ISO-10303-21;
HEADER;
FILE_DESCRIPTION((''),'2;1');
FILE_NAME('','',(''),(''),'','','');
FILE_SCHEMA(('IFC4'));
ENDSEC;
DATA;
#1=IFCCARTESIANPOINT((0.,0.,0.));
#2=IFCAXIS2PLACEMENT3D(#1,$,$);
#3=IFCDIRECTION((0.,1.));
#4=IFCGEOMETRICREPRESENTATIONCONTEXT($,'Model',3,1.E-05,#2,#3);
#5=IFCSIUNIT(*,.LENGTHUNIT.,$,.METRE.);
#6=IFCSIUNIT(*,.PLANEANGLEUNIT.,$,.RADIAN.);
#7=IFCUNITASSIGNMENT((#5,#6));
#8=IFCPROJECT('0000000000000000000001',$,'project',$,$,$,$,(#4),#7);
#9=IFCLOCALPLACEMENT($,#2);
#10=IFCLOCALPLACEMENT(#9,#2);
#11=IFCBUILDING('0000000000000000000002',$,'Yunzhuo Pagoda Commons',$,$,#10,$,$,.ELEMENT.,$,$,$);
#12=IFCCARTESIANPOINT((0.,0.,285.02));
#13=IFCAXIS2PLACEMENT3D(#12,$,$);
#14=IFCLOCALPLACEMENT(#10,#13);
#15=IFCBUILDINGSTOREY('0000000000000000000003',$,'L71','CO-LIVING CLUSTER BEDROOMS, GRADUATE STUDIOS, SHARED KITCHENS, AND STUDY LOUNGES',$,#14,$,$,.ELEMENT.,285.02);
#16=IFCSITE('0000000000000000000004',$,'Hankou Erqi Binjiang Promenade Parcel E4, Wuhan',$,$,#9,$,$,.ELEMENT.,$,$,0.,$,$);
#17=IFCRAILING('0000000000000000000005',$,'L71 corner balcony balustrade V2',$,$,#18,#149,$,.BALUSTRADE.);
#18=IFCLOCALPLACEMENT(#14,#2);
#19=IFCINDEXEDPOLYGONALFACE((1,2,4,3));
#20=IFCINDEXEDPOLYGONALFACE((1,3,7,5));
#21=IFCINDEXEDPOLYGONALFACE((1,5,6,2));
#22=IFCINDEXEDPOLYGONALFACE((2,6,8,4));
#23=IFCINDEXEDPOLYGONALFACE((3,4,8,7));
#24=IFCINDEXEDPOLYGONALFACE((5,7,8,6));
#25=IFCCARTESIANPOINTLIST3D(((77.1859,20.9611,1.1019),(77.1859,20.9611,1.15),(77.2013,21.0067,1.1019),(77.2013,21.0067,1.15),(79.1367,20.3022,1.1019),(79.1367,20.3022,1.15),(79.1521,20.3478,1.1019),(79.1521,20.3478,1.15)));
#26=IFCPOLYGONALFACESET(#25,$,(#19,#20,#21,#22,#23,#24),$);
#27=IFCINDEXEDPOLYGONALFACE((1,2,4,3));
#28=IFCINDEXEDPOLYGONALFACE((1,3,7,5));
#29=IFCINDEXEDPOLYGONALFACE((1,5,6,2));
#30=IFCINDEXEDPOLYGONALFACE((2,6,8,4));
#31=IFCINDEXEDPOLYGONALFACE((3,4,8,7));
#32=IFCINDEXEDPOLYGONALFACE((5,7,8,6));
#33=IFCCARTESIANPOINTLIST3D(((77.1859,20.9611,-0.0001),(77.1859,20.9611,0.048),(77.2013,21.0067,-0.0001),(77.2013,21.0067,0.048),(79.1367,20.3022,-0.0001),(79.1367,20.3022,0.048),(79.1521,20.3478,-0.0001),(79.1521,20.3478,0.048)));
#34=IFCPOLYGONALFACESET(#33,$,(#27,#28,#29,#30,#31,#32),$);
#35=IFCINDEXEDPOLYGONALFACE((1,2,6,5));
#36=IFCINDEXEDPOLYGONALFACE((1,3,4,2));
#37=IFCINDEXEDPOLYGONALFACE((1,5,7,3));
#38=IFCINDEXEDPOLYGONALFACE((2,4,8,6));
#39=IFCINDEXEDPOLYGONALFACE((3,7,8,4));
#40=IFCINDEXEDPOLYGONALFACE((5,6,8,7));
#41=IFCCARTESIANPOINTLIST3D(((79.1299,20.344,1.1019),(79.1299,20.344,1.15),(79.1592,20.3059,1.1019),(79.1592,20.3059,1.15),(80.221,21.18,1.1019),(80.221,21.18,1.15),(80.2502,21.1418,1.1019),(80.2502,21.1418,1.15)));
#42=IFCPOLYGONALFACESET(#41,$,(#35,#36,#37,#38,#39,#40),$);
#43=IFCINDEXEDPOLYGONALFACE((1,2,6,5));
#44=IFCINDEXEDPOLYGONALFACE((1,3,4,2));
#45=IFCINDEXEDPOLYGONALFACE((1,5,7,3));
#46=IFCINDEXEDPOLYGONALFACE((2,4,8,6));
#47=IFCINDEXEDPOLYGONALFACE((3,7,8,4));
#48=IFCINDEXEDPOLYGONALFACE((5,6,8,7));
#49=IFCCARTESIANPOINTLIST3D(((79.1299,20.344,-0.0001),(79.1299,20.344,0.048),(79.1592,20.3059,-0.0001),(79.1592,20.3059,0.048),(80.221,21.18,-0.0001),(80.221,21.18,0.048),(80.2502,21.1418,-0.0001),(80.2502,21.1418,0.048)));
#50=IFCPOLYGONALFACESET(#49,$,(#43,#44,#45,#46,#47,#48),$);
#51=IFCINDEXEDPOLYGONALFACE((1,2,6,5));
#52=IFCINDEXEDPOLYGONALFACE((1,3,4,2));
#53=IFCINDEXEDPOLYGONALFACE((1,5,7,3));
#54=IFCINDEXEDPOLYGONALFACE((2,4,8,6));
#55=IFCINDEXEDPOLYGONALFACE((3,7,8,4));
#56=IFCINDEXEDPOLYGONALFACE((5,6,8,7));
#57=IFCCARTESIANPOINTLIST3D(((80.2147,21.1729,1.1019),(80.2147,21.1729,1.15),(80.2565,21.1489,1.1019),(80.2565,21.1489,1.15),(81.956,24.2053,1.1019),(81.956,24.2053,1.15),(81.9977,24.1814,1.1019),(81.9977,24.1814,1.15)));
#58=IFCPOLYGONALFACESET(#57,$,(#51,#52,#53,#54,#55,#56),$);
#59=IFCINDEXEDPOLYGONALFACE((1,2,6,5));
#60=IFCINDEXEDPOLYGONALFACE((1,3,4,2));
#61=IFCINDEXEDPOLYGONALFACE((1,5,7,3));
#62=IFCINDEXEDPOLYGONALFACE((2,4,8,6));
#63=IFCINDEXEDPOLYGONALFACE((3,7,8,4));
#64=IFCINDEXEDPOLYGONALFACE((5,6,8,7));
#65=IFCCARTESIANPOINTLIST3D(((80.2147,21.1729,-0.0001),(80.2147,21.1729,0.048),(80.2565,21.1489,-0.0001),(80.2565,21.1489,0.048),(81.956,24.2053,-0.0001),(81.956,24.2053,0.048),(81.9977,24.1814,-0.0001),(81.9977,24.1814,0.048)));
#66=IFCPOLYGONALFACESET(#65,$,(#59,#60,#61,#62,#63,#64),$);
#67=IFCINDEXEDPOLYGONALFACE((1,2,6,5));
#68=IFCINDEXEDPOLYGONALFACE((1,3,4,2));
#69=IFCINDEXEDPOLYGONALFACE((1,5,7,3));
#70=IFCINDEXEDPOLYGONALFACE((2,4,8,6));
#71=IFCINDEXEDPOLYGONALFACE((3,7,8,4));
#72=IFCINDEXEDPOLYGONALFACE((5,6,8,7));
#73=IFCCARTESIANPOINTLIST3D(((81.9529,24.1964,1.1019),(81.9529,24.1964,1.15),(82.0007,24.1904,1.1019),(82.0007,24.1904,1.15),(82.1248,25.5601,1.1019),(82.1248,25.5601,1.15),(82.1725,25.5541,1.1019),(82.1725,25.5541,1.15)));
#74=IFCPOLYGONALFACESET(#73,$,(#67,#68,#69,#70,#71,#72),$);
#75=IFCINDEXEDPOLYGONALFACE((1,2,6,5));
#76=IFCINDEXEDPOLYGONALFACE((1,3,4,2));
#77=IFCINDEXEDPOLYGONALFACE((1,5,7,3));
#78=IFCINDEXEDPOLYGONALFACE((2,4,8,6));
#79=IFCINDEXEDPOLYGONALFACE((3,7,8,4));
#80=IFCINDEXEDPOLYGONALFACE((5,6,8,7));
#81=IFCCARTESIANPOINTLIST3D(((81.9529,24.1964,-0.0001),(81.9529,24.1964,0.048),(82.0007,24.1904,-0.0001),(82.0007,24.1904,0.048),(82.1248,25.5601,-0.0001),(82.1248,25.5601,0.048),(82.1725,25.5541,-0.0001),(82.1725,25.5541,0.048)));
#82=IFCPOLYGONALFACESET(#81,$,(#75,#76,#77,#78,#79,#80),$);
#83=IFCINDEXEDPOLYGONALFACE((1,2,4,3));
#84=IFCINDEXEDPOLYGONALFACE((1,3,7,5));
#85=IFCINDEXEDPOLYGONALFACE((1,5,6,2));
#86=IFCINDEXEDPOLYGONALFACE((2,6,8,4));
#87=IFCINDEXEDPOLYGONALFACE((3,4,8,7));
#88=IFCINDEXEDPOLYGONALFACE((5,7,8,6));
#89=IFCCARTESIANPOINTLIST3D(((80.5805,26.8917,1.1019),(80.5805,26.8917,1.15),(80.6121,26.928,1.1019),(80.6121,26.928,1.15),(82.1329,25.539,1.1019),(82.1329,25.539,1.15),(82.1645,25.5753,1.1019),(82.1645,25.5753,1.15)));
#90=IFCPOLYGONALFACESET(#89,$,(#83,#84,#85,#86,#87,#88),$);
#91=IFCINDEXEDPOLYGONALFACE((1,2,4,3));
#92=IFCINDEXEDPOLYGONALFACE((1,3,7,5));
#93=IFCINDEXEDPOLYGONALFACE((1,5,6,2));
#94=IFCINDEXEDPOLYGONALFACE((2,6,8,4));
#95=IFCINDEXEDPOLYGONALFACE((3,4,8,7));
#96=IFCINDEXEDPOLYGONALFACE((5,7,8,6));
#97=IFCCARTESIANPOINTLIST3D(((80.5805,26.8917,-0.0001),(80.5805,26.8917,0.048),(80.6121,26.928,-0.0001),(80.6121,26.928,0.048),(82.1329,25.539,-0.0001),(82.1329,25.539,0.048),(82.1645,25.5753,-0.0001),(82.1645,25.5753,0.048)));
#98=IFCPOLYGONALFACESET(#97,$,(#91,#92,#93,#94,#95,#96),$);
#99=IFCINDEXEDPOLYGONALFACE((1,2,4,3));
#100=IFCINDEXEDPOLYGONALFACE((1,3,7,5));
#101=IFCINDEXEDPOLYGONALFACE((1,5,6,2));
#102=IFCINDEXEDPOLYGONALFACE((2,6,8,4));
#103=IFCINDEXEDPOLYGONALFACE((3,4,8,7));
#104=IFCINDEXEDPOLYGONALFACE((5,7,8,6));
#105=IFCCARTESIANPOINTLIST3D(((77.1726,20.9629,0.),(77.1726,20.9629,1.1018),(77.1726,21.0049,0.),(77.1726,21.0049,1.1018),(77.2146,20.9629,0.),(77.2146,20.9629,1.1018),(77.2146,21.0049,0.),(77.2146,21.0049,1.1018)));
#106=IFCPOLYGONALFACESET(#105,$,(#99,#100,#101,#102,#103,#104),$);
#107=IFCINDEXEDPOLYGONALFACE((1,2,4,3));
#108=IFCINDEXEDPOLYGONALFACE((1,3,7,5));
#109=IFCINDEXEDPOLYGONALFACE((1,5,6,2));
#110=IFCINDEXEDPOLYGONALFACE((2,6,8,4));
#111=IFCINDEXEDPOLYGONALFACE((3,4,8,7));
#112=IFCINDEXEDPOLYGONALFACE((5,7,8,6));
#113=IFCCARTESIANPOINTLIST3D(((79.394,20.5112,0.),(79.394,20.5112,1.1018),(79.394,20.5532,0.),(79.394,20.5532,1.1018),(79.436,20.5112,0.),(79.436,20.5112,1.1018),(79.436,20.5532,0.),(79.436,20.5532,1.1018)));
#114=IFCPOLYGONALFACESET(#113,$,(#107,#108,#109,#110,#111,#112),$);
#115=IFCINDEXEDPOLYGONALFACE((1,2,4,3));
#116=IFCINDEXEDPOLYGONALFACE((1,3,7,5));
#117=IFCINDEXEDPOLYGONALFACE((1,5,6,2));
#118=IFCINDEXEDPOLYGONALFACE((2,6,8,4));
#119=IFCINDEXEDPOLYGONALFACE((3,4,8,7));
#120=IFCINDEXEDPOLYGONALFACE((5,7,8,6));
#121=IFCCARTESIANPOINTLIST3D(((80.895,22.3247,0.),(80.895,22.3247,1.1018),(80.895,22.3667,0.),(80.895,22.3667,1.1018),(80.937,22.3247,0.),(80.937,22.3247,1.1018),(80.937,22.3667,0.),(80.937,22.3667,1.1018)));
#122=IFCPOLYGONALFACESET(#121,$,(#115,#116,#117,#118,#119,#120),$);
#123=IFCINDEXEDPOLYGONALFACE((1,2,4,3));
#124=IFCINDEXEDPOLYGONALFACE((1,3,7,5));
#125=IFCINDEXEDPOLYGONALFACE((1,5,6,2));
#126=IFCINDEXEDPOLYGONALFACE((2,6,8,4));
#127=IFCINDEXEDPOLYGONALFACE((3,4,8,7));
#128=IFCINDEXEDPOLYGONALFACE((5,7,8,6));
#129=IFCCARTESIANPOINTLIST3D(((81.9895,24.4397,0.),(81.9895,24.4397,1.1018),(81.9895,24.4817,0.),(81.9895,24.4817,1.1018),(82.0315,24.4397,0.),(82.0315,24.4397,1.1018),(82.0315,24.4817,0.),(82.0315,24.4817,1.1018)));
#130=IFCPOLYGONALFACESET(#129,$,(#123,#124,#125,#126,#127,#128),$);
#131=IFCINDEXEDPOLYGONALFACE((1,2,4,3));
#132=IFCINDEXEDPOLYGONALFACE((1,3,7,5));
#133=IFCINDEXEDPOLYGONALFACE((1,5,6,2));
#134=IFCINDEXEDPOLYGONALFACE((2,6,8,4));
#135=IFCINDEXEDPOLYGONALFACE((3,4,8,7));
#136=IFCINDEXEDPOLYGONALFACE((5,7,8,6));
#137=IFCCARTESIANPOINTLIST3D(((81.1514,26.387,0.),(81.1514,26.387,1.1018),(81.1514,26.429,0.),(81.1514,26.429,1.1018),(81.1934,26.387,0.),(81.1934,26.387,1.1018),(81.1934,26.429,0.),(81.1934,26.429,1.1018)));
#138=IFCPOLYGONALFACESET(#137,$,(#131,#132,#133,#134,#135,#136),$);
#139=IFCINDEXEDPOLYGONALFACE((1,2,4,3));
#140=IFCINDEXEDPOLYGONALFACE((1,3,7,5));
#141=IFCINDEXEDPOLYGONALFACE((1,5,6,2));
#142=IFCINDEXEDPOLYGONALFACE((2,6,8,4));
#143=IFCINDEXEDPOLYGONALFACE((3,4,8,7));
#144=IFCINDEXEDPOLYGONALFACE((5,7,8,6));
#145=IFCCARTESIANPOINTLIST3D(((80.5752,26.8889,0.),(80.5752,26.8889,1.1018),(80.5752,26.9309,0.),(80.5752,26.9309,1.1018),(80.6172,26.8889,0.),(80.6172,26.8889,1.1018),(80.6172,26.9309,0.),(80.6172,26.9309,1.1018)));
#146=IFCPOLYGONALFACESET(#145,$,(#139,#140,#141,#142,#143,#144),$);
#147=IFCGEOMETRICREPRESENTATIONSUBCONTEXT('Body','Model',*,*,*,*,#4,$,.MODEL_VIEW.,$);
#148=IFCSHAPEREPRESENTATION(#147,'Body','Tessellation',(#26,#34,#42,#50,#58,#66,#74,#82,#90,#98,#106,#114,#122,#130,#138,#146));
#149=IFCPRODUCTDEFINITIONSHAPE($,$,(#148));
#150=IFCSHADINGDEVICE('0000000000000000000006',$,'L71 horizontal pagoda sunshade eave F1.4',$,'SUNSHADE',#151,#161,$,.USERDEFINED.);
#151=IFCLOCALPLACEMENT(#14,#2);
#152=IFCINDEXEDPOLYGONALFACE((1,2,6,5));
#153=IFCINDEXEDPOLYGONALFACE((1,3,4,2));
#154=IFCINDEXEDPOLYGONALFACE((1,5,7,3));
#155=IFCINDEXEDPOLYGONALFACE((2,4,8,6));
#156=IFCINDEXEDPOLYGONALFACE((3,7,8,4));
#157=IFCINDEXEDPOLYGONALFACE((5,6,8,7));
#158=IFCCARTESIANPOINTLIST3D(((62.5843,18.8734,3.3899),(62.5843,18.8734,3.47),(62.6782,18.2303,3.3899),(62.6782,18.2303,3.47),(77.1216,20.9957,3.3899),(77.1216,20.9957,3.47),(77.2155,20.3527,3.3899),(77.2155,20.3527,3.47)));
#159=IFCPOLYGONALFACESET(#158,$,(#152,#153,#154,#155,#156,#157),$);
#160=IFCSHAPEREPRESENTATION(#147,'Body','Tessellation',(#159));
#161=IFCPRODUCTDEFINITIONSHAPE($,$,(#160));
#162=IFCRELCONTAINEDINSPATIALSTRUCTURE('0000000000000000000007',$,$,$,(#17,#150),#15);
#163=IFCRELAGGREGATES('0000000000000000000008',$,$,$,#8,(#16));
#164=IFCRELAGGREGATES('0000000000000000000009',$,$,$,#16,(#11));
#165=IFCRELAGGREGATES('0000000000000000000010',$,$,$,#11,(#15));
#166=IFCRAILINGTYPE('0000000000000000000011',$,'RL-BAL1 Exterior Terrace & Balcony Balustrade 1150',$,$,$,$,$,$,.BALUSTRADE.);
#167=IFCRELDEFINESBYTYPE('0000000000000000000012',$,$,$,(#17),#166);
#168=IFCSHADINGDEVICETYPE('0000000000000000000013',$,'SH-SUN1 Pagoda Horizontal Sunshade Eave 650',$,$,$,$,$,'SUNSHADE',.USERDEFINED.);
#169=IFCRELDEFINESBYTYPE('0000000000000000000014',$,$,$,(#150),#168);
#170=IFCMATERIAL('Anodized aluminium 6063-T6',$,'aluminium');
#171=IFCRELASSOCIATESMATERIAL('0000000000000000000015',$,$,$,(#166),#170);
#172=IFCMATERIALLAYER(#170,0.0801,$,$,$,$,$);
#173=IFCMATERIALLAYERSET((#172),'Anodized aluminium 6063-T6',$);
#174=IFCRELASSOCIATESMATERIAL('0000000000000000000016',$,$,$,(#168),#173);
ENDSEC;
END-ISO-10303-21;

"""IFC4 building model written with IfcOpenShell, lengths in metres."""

from ifc_helpers import new_model, si_unit, direction, frame, origin, origin_2d, place, context, subcontext, project, spatial, rectangle, extrude, source, transform, mapped, material, layer, layer_set, type_object, element, save


model = new_model("IFC4")

# Units and contexts
model_context = context("Model", 3, precision=1e-05, world=origin(), true_north=direction((0.0, 1.0)))
body_context = subcontext(model_context, "Body", "Model", "MODEL_VIEW")
ifc_project = project(units=[si_unit("LENGTHUNIT", "METRE"), si_unit("PLANEANGLEUNIT", "RADIAN")], contexts=[model_context])

# Site, building, storey
site_placement = place(None, origin())
site = spatial("IfcSite", under=ifc_project, at=site_placement, Name="Hankou Erqi Binjiang Promenade Parcel E4, Wuhan", CompositionType="ELEMENT", RefElevation=0.0)
building_placement = place(site_placement, origin())
building = spatial("IfcBuilding", under=site, at=building_placement, Name="Yunzhuo Pagoda Commons", CompositionType="ELEMENT")
storey_placement = place(building_placement, frame((0.0, 0.0, 285.02)))
storey = spatial("IfcBuildingStorey", under=building, at=storey_placement, Name="L71", Description="CO-LIVING CLUSTER BEDROOMS, GRADUATE STUDIOS, SHARED KITCHENS, AND STUDY LOUNGES", CompositionType="ELEMENT", Elevation=285.02)

# Shared definitions
ifc_material_1 = material(Name="Anodized aluminium 6063-T6", Category="aluminium")

# Railing
railing_type = type_object("IfcRailingType", Name="RL-BAL1 Exterior Terrace & Balcony Balustrade 1150", PredefinedType="BALUSTRADE", material=ifc_material_1)
railing_placement = place(storey_placement, frame((77.1936, 20.9839, 0.0)))
element("IfcRailing", 1, at=railing_placement, inside=storey, type_object=railing_type, Name="L71 corner balcony balustrade V2", PredefinedType="BALUSTRADE", context=body_context, shape_type="SweptSolid", body=[
    extrude(rectangle(XDim=0.0481, YDim=0.0481, at=origin_2d()), frame((0.0, 0.0, 1.126), z_axis=(0.947419, -0.319996, 0.0), x_axis=(0.319996, 0.947419, 0.0)), (0.0, 0.0, 1.0), 2.0591),
    extrude(rectangle(XDim=0.0481, YDim=0.0481, at=origin_2d()), frame((0.0, 0.0, 0.0239), z_axis=(0.947419, -0.319996, 0.0), x_axis=(0.319996, 0.947419, 0.0)), (0.0, 0.0, 1.0), 2.0591),
    extrude(rectangle(XDim=0.0481, YDim=0.0481, at=origin_2d()), frame((1.9509, -0.6589, 1.126), z_axis=(0.793798, 0.608182, 0.0), x_axis=(-0.608182, 0.793798, 0.0)), (0.0, 0.0, 1.0), 1.3745),
    extrude(rectangle(XDim=0.0481, YDim=0.0481, at=origin_2d()), frame((1.9509, -0.6589, 0.0239), z_axis=(0.793798, 0.608182, 0.0), x_axis=(-0.608182, 0.793798, 0.0)), (0.0, 0.0, 1.0), 1.3745),
    extrude(rectangle(XDim=0.0481, YDim=0.0481, at=origin_2d()), frame((3.042, 0.177, 1.126), z_axis=(0.497942, 0.86721, 0.0), x_axis=(-0.86721, 0.497942, 0.0)), (0.0, 0.0, 1.0), 3.4968),
    extrude(rectangle(XDim=0.0481, YDim=0.0481, at=origin_2d()), frame((3.042, 0.177, 0.0239), z_axis=(0.497942, 0.86721, 0.0), x_axis=(-0.86721, 0.497942, 0.0)), (0.0, 0.0, 1.0), 3.4968),
    extrude(rectangle(XDim=0.0481, YDim=0.0481, at=origin_2d()), frame((4.7832, 3.2095, 1.126), z_axis=(0.12504, 0.992152, 0.0), x_axis=(-0.992152, 0.12504, 0.0)), (0.0, 0.0, 1.0), 1.3745),
    extrude(rectangle(XDim=0.0481, YDim=0.0481, at=origin_2d()), frame((4.7832, 3.2095, 0.0239), z_axis=(0.12504, 0.992152, 0.0), x_axis=(-0.992152, 0.12504, 0.0)), (0.0, 0.0, 1.0), 1.3745),
    extrude(rectangle(XDim=0.0481, YDim=0.0481, at=origin_2d()), frame((4.9551, 4.5732, 1.126), z_axis=(-0.753934, 0.65695, 0.0), x_axis=(-0.65695, -0.753934, 0.0)), (0.0, 0.0, 1.0), 2.0591),
    extrude(rectangle(XDim=0.0481, YDim=0.0481, at=origin_2d()), frame((4.9551, 4.5732, 0.0239), z_axis=(-0.753934, 0.65695, 0.0), x_axis=(-0.65695, -0.753934, 0.0)), (0.0, 0.0, 1.0), 2.0591),
    extrude(rectangle(XDim=0.042, YDim=0.042, at=origin_2d()), origin(), (0.0, 0.0, 1.0), 1.1018),
    extrude(rectangle(XDim=0.042, YDim=0.042, at=origin_2d()), frame((2.2214, -0.4517, 0.0)), (0.0, 0.0, 1.0), 1.1018),
    extrude(rectangle(XDim=0.042, YDim=0.042, at=origin_2d()), frame((3.7224, 1.3618, 0.0)), (0.0, 0.0, 1.0), 1.1018),
    extrude(rectangle(XDim=0.042, YDim=0.042, at=origin_2d()), frame((4.8169, 3.4768, 0.0)), (0.0, 0.0, 1.0), 1.1018),
    extrude(rectangle(XDim=0.042, YDim=0.042, at=origin_2d()), frame((3.9788, 5.4241, 0.0)), (0.0, 0.0, 1.0), 1.1018),
    extrude(rectangle(XDim=0.042, YDim=0.042, at=origin_2d()), frame((3.4026, 5.926, 0.0)), (0.0, 0.0, 1.0), 1.1018),
])

# Shading device
ifc_layer_1 = layer(ifc_material_1, 0.0801)
ifc_layer_set_1 = layer_set([ifc_layer_1], Name="Anodized aluminium 6063-T6")
shading_device_type = type_object("IfcShadingDeviceType", Name="SH-SUN1 Pagoda Horizontal Sunshade Eave 650", ElementType="SUNSHADE", PredefinedType="USERDEFINED", material=ifc_layer_set_1)
shared_shape_1 = source(origin(), body_context, "Body", "SweptSolid", [
    extrude(rectangle(XDim=14.6914, YDim=0.6499, at=origin_2d()), origin(), (0.0, 0.0, 1.0), 0.0801),
])
shading_device_placement = place(storey_placement, frame((69.8999, 19.613, 3.3899), z_axis=(0.0, 0.0, 1.0), x_axis=(0.989511, 0.14446, 0.0)))
element("IfcShadingDevice", 2, at=shading_device_placement, inside=storey, type_object=shading_device_type, Name="L71 horizontal pagoda sunshade eave F1.4", ObjectType="SUNSHADE", PredefinedType="USERDEFINED", context=body_context, shape_type="MappedRepresentation", body=[
    mapped(shared_shape_1, transform((0.0, 0.0, 0.0), scale=1.0)),
])

save(model, "model.ifc")
